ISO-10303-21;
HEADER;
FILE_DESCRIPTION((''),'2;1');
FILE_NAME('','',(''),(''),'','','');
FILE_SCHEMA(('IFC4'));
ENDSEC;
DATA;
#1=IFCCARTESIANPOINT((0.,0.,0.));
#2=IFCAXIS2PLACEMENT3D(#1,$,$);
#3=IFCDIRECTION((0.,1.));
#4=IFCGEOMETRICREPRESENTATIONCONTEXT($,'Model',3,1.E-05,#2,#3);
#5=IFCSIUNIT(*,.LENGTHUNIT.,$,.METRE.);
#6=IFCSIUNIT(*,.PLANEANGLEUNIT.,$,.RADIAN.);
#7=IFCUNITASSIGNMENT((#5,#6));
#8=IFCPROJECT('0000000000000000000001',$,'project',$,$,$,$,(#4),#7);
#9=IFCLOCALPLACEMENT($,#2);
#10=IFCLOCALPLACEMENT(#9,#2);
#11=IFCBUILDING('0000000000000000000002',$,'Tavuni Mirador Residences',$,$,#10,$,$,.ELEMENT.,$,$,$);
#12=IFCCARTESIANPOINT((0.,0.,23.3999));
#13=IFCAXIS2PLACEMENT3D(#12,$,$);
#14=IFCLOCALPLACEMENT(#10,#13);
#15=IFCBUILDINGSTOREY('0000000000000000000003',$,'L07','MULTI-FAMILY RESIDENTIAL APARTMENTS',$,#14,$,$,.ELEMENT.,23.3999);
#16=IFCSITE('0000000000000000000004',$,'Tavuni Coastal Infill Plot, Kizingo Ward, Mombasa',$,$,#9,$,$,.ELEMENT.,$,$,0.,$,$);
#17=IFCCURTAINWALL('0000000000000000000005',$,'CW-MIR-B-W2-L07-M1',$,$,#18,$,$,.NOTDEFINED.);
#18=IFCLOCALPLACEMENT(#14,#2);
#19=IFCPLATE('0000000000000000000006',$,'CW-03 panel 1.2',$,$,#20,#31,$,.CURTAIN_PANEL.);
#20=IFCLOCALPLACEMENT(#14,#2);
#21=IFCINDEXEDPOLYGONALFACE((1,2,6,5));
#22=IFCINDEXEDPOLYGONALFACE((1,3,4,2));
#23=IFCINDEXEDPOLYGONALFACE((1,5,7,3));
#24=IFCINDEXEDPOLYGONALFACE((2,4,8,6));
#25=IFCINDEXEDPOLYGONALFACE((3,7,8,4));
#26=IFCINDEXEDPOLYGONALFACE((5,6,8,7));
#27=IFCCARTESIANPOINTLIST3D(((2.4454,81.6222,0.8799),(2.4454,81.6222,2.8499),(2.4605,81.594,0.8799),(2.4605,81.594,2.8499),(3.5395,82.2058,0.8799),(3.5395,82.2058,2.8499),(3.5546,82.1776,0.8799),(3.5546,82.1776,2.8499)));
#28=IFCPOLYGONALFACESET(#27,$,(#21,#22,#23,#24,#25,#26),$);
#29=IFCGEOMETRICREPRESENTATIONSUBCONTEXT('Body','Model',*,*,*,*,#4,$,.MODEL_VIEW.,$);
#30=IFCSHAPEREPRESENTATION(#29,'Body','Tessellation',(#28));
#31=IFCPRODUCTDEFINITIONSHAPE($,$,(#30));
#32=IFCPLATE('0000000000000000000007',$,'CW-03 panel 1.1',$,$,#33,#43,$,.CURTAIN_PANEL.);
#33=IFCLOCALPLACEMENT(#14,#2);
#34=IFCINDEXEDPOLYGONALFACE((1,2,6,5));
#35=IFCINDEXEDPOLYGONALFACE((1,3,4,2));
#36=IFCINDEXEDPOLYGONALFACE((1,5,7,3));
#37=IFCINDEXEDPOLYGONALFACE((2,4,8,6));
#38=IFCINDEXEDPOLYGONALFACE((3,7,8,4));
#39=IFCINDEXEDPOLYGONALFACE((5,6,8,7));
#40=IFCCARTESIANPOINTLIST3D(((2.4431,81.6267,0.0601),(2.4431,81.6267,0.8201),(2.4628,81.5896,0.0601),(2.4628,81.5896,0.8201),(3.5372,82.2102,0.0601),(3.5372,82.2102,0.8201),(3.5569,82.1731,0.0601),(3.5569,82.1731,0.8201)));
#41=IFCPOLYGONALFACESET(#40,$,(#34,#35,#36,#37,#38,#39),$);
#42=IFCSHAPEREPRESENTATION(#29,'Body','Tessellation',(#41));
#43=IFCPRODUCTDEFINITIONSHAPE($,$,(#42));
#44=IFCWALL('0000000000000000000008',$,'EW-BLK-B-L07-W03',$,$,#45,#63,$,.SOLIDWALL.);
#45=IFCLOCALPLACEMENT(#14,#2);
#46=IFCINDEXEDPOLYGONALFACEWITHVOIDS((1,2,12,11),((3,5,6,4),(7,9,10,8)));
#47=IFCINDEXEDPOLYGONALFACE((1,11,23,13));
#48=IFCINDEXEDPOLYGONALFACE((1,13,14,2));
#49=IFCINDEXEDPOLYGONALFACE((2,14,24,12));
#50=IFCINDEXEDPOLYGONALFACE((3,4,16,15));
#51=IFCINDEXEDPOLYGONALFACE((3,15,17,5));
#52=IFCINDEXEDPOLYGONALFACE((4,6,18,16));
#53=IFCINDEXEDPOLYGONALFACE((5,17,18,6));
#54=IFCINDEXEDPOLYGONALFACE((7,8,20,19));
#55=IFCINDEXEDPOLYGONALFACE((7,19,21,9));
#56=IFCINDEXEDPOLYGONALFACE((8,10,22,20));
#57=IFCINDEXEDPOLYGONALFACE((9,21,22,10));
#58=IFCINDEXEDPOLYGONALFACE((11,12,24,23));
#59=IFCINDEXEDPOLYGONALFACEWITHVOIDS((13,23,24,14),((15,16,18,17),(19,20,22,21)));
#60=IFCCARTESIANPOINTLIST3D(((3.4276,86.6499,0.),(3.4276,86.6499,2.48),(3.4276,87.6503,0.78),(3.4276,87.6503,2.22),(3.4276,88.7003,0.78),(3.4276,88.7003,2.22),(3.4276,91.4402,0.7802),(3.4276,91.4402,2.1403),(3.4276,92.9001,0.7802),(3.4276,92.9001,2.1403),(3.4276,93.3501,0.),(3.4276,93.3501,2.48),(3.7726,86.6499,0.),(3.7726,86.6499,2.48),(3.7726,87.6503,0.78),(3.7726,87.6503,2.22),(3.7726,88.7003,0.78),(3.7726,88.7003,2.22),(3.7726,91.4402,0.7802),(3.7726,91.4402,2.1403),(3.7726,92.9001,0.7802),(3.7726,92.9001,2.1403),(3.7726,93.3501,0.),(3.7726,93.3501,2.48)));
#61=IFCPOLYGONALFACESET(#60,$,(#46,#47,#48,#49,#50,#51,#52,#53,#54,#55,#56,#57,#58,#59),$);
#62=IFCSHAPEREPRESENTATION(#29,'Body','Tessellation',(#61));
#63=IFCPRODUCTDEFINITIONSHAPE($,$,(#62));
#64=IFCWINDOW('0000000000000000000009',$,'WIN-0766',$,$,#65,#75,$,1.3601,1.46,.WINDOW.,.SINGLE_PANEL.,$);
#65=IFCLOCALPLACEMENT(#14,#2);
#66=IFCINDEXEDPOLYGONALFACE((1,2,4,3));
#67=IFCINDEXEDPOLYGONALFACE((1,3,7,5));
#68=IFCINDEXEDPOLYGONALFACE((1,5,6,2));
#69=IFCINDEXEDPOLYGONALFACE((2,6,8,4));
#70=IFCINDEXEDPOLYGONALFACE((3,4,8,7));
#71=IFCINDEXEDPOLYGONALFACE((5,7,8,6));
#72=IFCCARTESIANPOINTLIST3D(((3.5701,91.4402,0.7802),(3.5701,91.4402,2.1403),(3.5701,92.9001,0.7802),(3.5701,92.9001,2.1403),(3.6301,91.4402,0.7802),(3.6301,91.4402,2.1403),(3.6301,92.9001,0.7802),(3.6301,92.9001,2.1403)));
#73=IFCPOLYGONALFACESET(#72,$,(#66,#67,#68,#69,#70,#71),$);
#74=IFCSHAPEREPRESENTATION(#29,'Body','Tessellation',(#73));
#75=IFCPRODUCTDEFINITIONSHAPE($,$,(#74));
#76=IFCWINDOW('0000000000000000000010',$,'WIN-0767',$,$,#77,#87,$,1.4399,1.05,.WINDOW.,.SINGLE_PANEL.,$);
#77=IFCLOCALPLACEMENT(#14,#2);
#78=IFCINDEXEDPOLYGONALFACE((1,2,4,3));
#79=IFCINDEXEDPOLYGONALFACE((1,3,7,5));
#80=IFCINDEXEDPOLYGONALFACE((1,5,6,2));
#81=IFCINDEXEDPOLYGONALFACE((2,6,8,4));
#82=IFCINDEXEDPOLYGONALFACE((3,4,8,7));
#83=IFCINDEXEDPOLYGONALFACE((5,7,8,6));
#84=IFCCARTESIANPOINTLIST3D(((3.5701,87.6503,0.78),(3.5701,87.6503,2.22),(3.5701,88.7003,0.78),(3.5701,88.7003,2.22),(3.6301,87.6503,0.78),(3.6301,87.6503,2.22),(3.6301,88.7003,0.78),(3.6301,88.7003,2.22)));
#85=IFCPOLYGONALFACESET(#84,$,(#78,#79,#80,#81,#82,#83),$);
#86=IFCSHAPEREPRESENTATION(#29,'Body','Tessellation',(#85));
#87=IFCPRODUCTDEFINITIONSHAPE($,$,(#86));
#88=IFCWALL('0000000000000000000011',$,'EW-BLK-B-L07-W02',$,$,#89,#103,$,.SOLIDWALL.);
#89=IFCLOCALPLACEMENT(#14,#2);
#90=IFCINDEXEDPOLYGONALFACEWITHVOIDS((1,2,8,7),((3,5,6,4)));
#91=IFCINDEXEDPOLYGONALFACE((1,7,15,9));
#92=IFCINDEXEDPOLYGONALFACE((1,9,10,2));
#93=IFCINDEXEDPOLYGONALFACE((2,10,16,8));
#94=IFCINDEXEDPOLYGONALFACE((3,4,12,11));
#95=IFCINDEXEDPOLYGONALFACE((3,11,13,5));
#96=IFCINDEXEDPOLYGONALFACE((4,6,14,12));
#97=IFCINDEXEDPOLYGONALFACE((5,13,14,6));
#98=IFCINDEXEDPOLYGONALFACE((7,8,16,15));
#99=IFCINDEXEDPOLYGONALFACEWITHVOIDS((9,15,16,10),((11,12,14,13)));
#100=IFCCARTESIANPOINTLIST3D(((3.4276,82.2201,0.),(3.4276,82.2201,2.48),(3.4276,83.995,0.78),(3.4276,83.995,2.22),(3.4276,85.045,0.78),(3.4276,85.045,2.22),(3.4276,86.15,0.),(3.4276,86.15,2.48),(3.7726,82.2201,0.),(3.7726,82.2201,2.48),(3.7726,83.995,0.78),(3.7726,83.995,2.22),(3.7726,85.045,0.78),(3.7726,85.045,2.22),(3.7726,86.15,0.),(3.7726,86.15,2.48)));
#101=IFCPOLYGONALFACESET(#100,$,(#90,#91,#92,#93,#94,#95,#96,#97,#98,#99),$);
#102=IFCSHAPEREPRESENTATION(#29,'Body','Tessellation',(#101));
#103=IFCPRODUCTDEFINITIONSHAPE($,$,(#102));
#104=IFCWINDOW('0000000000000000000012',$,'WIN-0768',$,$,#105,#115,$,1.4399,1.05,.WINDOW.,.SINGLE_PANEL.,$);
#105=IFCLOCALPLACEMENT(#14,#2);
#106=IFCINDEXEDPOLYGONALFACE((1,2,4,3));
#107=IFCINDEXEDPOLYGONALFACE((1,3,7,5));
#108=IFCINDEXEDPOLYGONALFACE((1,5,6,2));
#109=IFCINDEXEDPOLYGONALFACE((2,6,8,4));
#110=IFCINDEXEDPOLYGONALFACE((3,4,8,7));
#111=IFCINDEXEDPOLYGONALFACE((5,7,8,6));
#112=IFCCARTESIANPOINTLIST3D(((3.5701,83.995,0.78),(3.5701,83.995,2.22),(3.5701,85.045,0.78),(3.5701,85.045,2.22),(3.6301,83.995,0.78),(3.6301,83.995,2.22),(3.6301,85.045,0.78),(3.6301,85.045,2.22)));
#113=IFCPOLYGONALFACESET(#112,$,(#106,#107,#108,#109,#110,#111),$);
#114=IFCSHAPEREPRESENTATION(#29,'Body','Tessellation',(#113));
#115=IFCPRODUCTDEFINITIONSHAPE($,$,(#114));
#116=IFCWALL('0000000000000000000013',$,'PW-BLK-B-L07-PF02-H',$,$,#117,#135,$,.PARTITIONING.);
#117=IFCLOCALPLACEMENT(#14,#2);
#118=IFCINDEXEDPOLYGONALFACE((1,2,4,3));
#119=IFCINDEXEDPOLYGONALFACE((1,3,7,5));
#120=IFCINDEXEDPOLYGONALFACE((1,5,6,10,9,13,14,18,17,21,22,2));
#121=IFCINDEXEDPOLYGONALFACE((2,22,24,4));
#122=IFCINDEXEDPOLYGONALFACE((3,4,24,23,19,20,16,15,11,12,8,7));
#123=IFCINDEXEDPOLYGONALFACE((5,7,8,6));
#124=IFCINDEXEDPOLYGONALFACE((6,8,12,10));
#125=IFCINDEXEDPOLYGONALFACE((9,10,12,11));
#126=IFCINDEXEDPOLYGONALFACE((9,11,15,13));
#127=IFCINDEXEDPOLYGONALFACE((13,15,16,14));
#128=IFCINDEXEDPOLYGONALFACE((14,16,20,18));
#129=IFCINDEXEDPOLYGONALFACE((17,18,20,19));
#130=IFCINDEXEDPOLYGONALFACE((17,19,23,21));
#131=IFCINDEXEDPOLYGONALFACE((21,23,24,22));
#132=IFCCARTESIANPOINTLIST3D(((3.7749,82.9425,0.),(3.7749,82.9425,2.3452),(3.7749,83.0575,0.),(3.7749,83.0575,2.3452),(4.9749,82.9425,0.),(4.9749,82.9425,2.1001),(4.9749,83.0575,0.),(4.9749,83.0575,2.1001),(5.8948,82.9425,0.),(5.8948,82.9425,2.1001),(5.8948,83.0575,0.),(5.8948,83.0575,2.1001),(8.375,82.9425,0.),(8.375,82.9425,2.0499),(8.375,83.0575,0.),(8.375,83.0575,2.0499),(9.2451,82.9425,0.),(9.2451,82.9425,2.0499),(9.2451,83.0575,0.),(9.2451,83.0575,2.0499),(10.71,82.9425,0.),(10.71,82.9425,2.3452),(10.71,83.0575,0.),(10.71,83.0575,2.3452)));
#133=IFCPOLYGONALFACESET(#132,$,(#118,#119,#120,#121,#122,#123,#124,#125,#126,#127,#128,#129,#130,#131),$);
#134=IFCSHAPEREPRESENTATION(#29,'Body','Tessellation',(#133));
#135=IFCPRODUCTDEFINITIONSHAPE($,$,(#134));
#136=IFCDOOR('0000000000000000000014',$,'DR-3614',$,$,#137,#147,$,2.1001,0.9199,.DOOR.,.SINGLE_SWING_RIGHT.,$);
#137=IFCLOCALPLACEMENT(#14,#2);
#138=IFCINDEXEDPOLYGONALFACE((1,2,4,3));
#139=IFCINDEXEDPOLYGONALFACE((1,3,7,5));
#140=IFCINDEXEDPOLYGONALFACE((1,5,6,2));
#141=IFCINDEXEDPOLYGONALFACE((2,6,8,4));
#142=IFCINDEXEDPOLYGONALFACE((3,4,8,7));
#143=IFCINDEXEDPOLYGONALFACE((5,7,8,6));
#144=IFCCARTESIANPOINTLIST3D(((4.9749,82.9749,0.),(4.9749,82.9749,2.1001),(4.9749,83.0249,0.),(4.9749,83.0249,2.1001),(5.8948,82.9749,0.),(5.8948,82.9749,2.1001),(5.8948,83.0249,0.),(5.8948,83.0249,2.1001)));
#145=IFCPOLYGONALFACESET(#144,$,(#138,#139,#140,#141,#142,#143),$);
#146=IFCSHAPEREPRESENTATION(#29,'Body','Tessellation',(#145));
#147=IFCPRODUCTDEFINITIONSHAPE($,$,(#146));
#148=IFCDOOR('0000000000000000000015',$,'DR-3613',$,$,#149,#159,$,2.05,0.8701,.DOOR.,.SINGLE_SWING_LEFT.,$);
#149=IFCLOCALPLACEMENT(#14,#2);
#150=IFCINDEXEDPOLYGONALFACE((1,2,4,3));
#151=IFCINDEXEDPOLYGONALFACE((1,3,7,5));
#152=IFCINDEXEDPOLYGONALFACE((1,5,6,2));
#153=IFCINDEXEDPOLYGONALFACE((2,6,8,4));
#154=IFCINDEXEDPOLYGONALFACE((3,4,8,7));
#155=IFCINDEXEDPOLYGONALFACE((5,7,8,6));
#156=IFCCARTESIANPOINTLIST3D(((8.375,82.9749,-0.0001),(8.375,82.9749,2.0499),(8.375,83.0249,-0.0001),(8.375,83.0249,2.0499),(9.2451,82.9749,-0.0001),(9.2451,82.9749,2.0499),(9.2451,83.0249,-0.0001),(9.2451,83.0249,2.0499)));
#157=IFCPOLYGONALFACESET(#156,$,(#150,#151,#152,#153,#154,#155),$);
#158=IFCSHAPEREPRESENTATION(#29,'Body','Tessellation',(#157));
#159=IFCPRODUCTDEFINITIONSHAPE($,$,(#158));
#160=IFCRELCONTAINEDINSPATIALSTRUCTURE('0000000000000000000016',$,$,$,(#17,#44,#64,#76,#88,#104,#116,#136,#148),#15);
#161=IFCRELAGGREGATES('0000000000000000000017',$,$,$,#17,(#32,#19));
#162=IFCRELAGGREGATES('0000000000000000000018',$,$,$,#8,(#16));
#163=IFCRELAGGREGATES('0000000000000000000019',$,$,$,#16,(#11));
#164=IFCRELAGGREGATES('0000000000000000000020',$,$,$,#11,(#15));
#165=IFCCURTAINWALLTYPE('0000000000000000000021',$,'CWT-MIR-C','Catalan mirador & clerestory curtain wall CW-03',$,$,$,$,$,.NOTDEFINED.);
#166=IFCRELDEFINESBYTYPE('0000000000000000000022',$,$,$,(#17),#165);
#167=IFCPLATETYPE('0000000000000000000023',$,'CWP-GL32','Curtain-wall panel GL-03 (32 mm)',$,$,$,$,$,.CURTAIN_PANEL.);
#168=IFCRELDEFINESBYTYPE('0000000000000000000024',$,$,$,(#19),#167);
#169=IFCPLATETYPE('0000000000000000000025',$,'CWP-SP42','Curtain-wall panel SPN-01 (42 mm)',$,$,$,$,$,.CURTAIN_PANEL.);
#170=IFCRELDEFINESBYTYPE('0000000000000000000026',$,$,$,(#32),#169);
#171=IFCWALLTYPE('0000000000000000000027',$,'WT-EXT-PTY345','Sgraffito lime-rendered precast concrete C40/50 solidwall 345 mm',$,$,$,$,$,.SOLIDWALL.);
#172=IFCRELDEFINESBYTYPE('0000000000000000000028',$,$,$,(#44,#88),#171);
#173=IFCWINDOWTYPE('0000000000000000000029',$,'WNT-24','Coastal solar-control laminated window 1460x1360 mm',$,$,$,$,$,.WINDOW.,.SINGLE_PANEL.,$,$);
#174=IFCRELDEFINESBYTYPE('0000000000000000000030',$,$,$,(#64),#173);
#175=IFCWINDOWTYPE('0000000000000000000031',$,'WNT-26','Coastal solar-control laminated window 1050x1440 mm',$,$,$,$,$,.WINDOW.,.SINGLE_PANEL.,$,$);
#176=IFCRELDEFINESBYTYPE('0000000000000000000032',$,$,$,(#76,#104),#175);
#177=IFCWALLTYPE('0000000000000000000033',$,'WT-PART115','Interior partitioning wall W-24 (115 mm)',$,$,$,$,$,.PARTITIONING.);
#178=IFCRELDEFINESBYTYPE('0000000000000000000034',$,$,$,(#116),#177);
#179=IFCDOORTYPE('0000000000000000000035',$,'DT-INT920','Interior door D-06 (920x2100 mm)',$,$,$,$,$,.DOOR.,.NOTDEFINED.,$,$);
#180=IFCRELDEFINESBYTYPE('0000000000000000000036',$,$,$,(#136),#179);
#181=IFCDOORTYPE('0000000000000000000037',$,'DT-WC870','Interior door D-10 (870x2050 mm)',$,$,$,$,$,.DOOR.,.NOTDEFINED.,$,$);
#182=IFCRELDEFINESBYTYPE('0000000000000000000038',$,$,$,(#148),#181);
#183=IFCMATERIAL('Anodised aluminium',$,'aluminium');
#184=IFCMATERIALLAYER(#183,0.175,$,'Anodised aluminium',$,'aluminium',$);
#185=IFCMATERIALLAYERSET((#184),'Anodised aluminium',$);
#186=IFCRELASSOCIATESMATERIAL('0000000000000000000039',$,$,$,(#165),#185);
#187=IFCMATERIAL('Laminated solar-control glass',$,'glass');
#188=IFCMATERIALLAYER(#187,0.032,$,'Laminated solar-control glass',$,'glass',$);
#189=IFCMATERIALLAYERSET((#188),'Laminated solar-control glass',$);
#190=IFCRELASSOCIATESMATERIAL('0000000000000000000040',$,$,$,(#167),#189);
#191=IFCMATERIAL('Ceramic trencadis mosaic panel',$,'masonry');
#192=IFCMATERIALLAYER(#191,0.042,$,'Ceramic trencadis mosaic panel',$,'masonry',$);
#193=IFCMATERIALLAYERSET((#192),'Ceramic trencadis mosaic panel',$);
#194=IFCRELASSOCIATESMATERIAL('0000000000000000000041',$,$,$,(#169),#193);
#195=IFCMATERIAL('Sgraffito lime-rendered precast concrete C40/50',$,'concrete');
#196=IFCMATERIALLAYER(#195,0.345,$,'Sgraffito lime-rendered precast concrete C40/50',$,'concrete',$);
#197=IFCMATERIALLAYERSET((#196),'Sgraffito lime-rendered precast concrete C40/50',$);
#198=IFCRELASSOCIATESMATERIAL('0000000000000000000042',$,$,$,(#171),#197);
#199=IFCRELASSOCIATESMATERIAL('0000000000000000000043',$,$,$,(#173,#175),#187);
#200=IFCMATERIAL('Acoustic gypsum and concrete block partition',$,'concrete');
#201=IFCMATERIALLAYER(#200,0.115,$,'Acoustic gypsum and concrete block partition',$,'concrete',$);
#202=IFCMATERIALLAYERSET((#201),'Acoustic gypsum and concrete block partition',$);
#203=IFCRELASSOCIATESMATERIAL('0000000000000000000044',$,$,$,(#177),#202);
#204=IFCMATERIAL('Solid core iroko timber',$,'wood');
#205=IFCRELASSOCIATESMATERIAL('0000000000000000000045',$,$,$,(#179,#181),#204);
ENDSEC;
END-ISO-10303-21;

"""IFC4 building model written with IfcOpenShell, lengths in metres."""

from ifc_helpers import new_model, si_unit, direction, frame, frame_2d, origin, origin_2d, place, context, subcontext, project, spatial, rectangle, extrude, material, layer, layer_set, type_object, element, fill, aggregate, save


model = new_model("IFC4")

# Units and contexts
model_context = context("Model", 3, precision=1e-05, world=origin(), true_north=direction((0.0, 1.0)))
body_context = subcontext(model_context, "Body", "Model", "MODEL_VIEW")
ifc_project = project(units=[si_unit("LENGTHUNIT", "METRE"), si_unit("PLANEANGLEUNIT", "RADIAN")], contexts=[model_context])

# Site, building, storey
site_placement = place(None, origin())
site = spatial("IfcSite", under=ifc_project, at=site_placement, Name="Tavuni Coastal Infill Plot, Kizingo Ward, Mombasa", CompositionType="ELEMENT", RefElevation=0.0)
building_placement = place(site_placement, origin())
building = spatial("IfcBuilding", under=site, at=building_placement, Name="Tavuni Mirador Residences", CompositionType="ELEMENT")
storey_placement = place(building_placement, frame((0.0, 0.0, 23.3999)))
storey = spatial("IfcBuildingStorey", under=building, at=storey_placement, Name="L07", Description="MULTI-FAMILY RESIDENTIAL APARTMENTS", CompositionType="ELEMENT", Elevation=23.3999)

# Curtain wall
ifc_material_1 = material(Name="Anodised aluminium", Category="aluminium")
ifc_layer_1 = layer(ifc_material_1, 0.175, Name="Anodised aluminium", Category="aluminium")
ifc_layer_set_1 = layer_set([ifc_layer_1], Name="Anodised aluminium")
curtain_wall_type = type_object("IfcCurtainWallType", Name="CWT-MIR-C", Description="Catalan mirador & clerestory curtain wall CW-03", PredefinedType="NOTDEFINED", material=ifc_layer_set_1)
curtain_wall_placement = place(storey_placement, origin())
curtain_wall = element("IfcCurtainWall", 1, at=curtain_wall_placement, inside=storey, type_object=curtain_wall_type, Name="CW-MIR-B-W2-L07-M1", PredefinedType="NOTDEFINED")

# Plates
ifc_material_2 = material(Name="Laminated solar-control glass", Category="glass")
ifc_layer_2 = layer(ifc_material_2, 0.032, Name="Laminated solar-control glass", Category="glass")
ifc_layer_set_2 = layer_set([ifc_layer_2], Name="Laminated solar-control glass")
plate_type_1 = type_object("IfcPlateType", Name="CWP-GL32", Description="Curtain-wall panel GL-03 (32 mm)", PredefinedType="CURTAIN_PANEL", material=ifc_layer_set_2)
plate_1_placement = place(storey_placement, frame((3.0, 81.8999, 0.8799), z_axis=(0.0, 0.0, 1.0), x_axis=(-0.882353, -0.470588, 0.0)))
plate_1 = element("IfcPlate", 2, at=plate_1_placement, type_object=plate_type_1, Name="CW-03 panel 1.2", PredefinedType="CURTAIN_PANEL", context=body_context, shape_type="SweptSolid", body=[
    extrude(rectangle(XDim=1.24, YDim=0.032, at=origin_2d()), origin(), (0.0, 0.0, 1.0), 1.97),
])
ifc_material_3 = material(Name="Ceramic trencadis mosaic panel", Category="masonry")
ifc_layer_3 = layer(ifc_material_3, 0.042, Name="Ceramic trencadis mosaic panel", Category="masonry")
ifc_layer_set_3 = layer_set([ifc_layer_3], Name="Ceramic trencadis mosaic panel")
plate_type_2 = type_object("IfcPlateType", Name="CWP-SP42", Description="Curtain-wall panel SPN-01 (42 mm)", PredefinedType="CURTAIN_PANEL", material=ifc_layer_set_3)
plate_2_placement = place(storey_placement, frame((3.0, 81.8999, 0.0601), z_axis=(0.0, 0.0, 1.0), x_axis=(-0.882353, -0.470588, 0.0)))
plate_2 = element("IfcPlate", 3, at=plate_2_placement, type_object=plate_type_2, Name="CW-03 panel 1.1", PredefinedType="CURTAIN_PANEL", context=body_context, shape_type="SweptSolid", body=[
    extrude(rectangle(XDim=1.24, YDim=0.042, at=origin_2d()), origin(), (0.0, 0.0, 1.0), 0.76),
])
aggregate(curtain_wall, [plate_2, plate_1])

# Wall, openings, windows
ifc_material_4 = material(Name="Sgraffito lime-rendered precast concrete C40/50", Category="concrete")
ifc_layer_4 = layer(ifc_material_4, 0.345, Name="Sgraffito lime-rendered precast concrete C40/50", Category="concrete")
ifc_layer_set_4 = layer_set([ifc_layer_4], Name="Sgraffito lime-rendered precast concrete C40/50")
wall_type_1 = type_object("IfcWallType", Name="WT-EXT-PTY345", Description="Sgraffito lime-rendered precast concrete C40/50 solidwall 345 mm", PredefinedType="SOLIDWALL", material=ifc_layer_set_4)
wall_1_placement = place(storey_placement, frame((3.6001, 93.3501, 0.0), z_axis=(0.0, 0.0, 1.0), x_axis=(0.0, -1.0, 0.0)))
wall_1 = element("IfcWall", 4, at=wall_1_placement, inside=storey, type_object=wall_type_1, Name="EW-BLK-B-L07-W03", PredefinedType="SOLIDWALL", context=body_context, shape_type="SweptSolid", body=[
    extrude(rectangle(XDim=6.7002, YDim=0.345, at=frame_2d((3.3501, 0.0))), origin(), (0.0, 0.0, 1.0), 2.48),
])
opening_1_placement = place(wall_1_placement, frame((0.45, 0.0, 0.78)))
opening_1 = element("IfcOpeningElement", 5, at=opening_1_placement, cuts=wall_1, PredefinedType="OPENING", context=body_context, shape_type="SweptSolid", body=[
    extrude(rectangle(XDim=1.46, YDim=1.3601, at=frame_2d((0.73, 0.6802))), frame((0.0, 0.1826, 0.0), z_axis=(0.0, -1.0, 0.0), x_axis=(1.0, 0.0, 0.0)), (0.0, 0.0, 1.0), 0.365),
])
opening_2_placement = place(wall_1_placement, frame((4.6499, 0.0, 0.78)))
opening_2 = element("IfcOpeningElement", 6, at=opening_2_placement, cuts=wall_1, PredefinedType="OPENING", context=body_context, shape_type="SweptSolid", body=[
    extrude(rectangle(XDim=1.05, YDim=1.4399, at=frame_2d((0.5249, 0.72))), frame((0.0, 0.1826, 0.0), z_axis=(0.0, -1.0, 0.0), x_axis=(1.0, 0.0, 0.0)), (0.0, 0.0, 1.0), 0.365),
])
window_type_1 = type_object("IfcWindowType", Name="WNT-24", Description="Coastal solar-control laminated window 1460x1360 mm", PartitioningType="SINGLE_PANEL", PredefinedType="WINDOW", material=ifc_material_2)
window_1_placement = place(opening_1_placement, origin())
window_1 = element("IfcWindow", 7, at=window_1_placement, inside=storey, type_object=window_type_1, Name="WIN-0766", OverallHeight=1.3601, OverallWidth=1.46, PartitioningType="SINGLE_PANEL", PredefinedType="WINDOW", context=body_context, shape_type="SweptSolid", body=[
    extrude(rectangle(XDim=1.46, YDim=1.3601, at=frame_2d((0.73, 0.6802))), frame((0.0, 0.03, 0.0), z_axis=(0.0, -1.0, 0.0), x_axis=(1.0, 0.0, 0.0)), (0.0, 0.0, 1.0), 0.0601),
])
fill(opening_1, window_1)
window_type_2 = type_object("IfcWindowType", Name="WNT-26", Description="Coastal solar-control laminated window 1050x1440 mm", PartitioningType="SINGLE_PANEL", PredefinedType="WINDOW", material=ifc_material_2)
window_2_placement = place(opening_2_placement, origin())
window_2 = element("IfcWindow", 8, at=window_2_placement, inside=storey, type_object=window_type_2, Name="WIN-0767", OverallHeight=1.4399, OverallWidth=1.05, PartitioningType="SINGLE_PANEL", PredefinedType="WINDOW", context=body_context, shape_type="SweptSolid", body=[
    extrude(rectangle(XDim=1.05, YDim=1.4399, at=frame_2d((0.5249, 0.72))), frame((0.0, 0.03, 0.0), z_axis=(0.0, -1.0, 0.0), x_axis=(1.0, 0.0, 0.0)), (0.0, 0.0, 1.0), 0.0601),
])
fill(opening_2, window_2)

# Wall, opening, window
wall_2_placement = place(storey_placement, frame((3.6001, 86.1499, 0.0), z_axis=(0.0, 0.0, 1.0), x_axis=(0.0, -1.0, 0.0)))
wall_2 = element("IfcWall", 9, at=wall_2_placement, inside=storey, type_object=wall_type_1, Name="EW-BLK-B-L07-W02", PredefinedType="SOLIDWALL", context=body_context, shape_type="SweptSolid", body=[
    extrude(rectangle(XDim=3.9299, YDim=0.345, at=frame_2d((1.9648, 0.0))), origin(), (0.0, 0.0, 1.0), 2.48),
])
opening_3_placement = place(wall_2_placement, frame((1.105, 0.0, 0.78)))
opening_3 = element("IfcOpeningElement", 10, at=opening_3_placement, cuts=wall_2, PredefinedType="OPENING", context=body_context, shape_type="SweptSolid", body=[
    extrude(rectangle(XDim=1.05, YDim=1.4399, at=frame_2d((0.5249, 0.72))), frame((0.0, 0.1826, 0.0), z_axis=(0.0, -1.0, 0.0), x_axis=(1.0, 0.0, 0.0)), (0.0, 0.0, 1.0), 0.365),
])
window_3_placement = place(opening_3_placement, origin())
window_3 = element("IfcWindow", 11, at=window_3_placement, inside=storey, type_object=window_type_2, Name="WIN-0768", OverallHeight=1.4399, OverallWidth=1.05, PartitioningType="SINGLE_PANEL", PredefinedType="WINDOW", context=body_context, shape_type="SweptSolid", body=[
    extrude(rectangle(XDim=1.05, YDim=1.4399, at=frame_2d((0.5249, 0.72))), frame((0.0, 0.03, 0.0), z_axis=(0.0, -1.0, 0.0), x_axis=(1.0, 0.0, 0.0)), (0.0, 0.0, 1.0), 0.0601),
])
fill(opening_3, window_3)

# Wall, openings, doors
ifc_material_5 = material(Name="Acoustic gypsum and concrete block partition", Category="concrete")
ifc_layer_5 = layer(ifc_material_5, 0.115, Name="Acoustic gypsum and concrete block partition", Category="concrete")
ifc_layer_set_5 = layer_set([ifc_layer_5], Name="Acoustic gypsum and concrete block partition")
wall_type_2 = type_object("IfcWallType", Name="WT-PART115", Description="Interior partitioning wall W-24 (115 mm)", PredefinedType="PARTITIONING", material=ifc_layer_set_5)
wall_3_placement = place(storey_placement, frame((3.7749, 83.0, 0.0), z_axis=(0.0, 0.0, 1.0), x_axis=(1.0, 0.0, 0.0)))
wall_3 = element("IfcWall", 12, at=wall_3_placement, inside=storey, type_object=wall_type_2, Name="PW-BLK-B-L07-PF02-H", PredefinedType="PARTITIONING", context=body_context, shape_type="SweptSolid", body=[
    extrude(rectangle(XDim=6.9351, YDim=0.115, at=frame_2d((3.4675, 0.0))), origin(), (0.0, 0.0, 1.0), 2.3452),
])
opening_4_placement = place(wall_3_placement, frame((4.6001, 0.0, 0.0)))
opening_4 = element("IfcOpeningElement", 13, at=opening_4_placement, cuts=wall_3, PredefinedType="OPENING", context=body_context, shape_type="SweptSolid", body=[
    extrude(rectangle(XDim=0.8701, YDim=2.05, at=frame_2d((0.4351, 1.0249))), frame((0.0, 0.0674, 0.0), z_axis=(0.0, -1.0, 0.0), x_axis=(1.0, 0.0, 0.0)), (0.0, 0.0, 1.0), 0.135),
])
opening_5_placement = place(wall_3_placement, frame((1.2, 0.0, 0.0)))
opening_5 = element("IfcOpeningElement", 14, at=opening_5_placement, cuts=wall_3, PredefinedType="OPENING", context=body_context, shape_type="SweptSolid", body=[
    extrude(rectangle(XDim=0.9199, YDim=2.1001, at=frame_2d((0.46, 1.05))), frame((0.0, 0.0674, 0.0), z_axis=(0.0, -1.0, 0.0), x_axis=(1.0, 0.0, 0.0)), (0.0, 0.0, 1.0), 0.135),
])
ifc_material_6 = material(Name="Solid core iroko timber", Category="wood")
door_type_1 = type_object("IfcDoorType", Name="DT-INT920", Description="Interior door D-06 (920x2100 mm)", OperationType="NOTDEFINED", PredefinedType="DOOR", material=ifc_material_6)
door_1_placement = place(opening_5_placement, origin())
door_1 = element("IfcDoor", 15, at=door_1_placement, inside=storey, type_object=door_type_1, Name="DR-3614", OperationType="SINGLE_SWING_RIGHT", OverallHeight=2.1001, OverallWidth=0.9199, PredefinedType="DOOR", context=body_context, shape_type="SweptSolid", body=[
    extrude(rectangle(XDim=0.9199, YDim=2.1001, at=frame_2d((0.46, 1.05))), frame((0.0, 0.0249, 0.0), z_axis=(0.0, -1.0, 0.0), x_axis=(1.0, 0.0, 0.0)), (0.0, 0.0, 1.0), 0.05),
])
fill(opening_5, door_1)
door_type_2 = type_object("IfcDoorType", Name="DT-WC870", Description="Interior door D-10 (870x2050 mm)", OperationType="NOTDEFINED", PredefinedType="DOOR", material=ifc_material_6)
door_2_placement = place(opening_4_placement, origin())
door_2 = element("IfcDoor", 16, at=door_2_placement, inside=storey, type_object=door_type_2, Name="DR-3613", OperationType="SINGLE_SWING_LEFT", OverallHeight=2.05, OverallWidth=0.8701, PredefinedType="DOOR", context=body_context, shape_type="SweptSolid", body=[
    extrude(rectangle(XDim=0.8701, YDim=2.05, at=frame_2d((0.4351, 1.0249))), frame((0.0, 0.0249, 0.0), z_axis=(0.0, -1.0, 0.0), x_axis=(1.0, 0.0, 0.0)), (0.0, 0.0, 1.0), 0.05),
])
fill(opening_4, door_2)

save(model, "model.ifc")
